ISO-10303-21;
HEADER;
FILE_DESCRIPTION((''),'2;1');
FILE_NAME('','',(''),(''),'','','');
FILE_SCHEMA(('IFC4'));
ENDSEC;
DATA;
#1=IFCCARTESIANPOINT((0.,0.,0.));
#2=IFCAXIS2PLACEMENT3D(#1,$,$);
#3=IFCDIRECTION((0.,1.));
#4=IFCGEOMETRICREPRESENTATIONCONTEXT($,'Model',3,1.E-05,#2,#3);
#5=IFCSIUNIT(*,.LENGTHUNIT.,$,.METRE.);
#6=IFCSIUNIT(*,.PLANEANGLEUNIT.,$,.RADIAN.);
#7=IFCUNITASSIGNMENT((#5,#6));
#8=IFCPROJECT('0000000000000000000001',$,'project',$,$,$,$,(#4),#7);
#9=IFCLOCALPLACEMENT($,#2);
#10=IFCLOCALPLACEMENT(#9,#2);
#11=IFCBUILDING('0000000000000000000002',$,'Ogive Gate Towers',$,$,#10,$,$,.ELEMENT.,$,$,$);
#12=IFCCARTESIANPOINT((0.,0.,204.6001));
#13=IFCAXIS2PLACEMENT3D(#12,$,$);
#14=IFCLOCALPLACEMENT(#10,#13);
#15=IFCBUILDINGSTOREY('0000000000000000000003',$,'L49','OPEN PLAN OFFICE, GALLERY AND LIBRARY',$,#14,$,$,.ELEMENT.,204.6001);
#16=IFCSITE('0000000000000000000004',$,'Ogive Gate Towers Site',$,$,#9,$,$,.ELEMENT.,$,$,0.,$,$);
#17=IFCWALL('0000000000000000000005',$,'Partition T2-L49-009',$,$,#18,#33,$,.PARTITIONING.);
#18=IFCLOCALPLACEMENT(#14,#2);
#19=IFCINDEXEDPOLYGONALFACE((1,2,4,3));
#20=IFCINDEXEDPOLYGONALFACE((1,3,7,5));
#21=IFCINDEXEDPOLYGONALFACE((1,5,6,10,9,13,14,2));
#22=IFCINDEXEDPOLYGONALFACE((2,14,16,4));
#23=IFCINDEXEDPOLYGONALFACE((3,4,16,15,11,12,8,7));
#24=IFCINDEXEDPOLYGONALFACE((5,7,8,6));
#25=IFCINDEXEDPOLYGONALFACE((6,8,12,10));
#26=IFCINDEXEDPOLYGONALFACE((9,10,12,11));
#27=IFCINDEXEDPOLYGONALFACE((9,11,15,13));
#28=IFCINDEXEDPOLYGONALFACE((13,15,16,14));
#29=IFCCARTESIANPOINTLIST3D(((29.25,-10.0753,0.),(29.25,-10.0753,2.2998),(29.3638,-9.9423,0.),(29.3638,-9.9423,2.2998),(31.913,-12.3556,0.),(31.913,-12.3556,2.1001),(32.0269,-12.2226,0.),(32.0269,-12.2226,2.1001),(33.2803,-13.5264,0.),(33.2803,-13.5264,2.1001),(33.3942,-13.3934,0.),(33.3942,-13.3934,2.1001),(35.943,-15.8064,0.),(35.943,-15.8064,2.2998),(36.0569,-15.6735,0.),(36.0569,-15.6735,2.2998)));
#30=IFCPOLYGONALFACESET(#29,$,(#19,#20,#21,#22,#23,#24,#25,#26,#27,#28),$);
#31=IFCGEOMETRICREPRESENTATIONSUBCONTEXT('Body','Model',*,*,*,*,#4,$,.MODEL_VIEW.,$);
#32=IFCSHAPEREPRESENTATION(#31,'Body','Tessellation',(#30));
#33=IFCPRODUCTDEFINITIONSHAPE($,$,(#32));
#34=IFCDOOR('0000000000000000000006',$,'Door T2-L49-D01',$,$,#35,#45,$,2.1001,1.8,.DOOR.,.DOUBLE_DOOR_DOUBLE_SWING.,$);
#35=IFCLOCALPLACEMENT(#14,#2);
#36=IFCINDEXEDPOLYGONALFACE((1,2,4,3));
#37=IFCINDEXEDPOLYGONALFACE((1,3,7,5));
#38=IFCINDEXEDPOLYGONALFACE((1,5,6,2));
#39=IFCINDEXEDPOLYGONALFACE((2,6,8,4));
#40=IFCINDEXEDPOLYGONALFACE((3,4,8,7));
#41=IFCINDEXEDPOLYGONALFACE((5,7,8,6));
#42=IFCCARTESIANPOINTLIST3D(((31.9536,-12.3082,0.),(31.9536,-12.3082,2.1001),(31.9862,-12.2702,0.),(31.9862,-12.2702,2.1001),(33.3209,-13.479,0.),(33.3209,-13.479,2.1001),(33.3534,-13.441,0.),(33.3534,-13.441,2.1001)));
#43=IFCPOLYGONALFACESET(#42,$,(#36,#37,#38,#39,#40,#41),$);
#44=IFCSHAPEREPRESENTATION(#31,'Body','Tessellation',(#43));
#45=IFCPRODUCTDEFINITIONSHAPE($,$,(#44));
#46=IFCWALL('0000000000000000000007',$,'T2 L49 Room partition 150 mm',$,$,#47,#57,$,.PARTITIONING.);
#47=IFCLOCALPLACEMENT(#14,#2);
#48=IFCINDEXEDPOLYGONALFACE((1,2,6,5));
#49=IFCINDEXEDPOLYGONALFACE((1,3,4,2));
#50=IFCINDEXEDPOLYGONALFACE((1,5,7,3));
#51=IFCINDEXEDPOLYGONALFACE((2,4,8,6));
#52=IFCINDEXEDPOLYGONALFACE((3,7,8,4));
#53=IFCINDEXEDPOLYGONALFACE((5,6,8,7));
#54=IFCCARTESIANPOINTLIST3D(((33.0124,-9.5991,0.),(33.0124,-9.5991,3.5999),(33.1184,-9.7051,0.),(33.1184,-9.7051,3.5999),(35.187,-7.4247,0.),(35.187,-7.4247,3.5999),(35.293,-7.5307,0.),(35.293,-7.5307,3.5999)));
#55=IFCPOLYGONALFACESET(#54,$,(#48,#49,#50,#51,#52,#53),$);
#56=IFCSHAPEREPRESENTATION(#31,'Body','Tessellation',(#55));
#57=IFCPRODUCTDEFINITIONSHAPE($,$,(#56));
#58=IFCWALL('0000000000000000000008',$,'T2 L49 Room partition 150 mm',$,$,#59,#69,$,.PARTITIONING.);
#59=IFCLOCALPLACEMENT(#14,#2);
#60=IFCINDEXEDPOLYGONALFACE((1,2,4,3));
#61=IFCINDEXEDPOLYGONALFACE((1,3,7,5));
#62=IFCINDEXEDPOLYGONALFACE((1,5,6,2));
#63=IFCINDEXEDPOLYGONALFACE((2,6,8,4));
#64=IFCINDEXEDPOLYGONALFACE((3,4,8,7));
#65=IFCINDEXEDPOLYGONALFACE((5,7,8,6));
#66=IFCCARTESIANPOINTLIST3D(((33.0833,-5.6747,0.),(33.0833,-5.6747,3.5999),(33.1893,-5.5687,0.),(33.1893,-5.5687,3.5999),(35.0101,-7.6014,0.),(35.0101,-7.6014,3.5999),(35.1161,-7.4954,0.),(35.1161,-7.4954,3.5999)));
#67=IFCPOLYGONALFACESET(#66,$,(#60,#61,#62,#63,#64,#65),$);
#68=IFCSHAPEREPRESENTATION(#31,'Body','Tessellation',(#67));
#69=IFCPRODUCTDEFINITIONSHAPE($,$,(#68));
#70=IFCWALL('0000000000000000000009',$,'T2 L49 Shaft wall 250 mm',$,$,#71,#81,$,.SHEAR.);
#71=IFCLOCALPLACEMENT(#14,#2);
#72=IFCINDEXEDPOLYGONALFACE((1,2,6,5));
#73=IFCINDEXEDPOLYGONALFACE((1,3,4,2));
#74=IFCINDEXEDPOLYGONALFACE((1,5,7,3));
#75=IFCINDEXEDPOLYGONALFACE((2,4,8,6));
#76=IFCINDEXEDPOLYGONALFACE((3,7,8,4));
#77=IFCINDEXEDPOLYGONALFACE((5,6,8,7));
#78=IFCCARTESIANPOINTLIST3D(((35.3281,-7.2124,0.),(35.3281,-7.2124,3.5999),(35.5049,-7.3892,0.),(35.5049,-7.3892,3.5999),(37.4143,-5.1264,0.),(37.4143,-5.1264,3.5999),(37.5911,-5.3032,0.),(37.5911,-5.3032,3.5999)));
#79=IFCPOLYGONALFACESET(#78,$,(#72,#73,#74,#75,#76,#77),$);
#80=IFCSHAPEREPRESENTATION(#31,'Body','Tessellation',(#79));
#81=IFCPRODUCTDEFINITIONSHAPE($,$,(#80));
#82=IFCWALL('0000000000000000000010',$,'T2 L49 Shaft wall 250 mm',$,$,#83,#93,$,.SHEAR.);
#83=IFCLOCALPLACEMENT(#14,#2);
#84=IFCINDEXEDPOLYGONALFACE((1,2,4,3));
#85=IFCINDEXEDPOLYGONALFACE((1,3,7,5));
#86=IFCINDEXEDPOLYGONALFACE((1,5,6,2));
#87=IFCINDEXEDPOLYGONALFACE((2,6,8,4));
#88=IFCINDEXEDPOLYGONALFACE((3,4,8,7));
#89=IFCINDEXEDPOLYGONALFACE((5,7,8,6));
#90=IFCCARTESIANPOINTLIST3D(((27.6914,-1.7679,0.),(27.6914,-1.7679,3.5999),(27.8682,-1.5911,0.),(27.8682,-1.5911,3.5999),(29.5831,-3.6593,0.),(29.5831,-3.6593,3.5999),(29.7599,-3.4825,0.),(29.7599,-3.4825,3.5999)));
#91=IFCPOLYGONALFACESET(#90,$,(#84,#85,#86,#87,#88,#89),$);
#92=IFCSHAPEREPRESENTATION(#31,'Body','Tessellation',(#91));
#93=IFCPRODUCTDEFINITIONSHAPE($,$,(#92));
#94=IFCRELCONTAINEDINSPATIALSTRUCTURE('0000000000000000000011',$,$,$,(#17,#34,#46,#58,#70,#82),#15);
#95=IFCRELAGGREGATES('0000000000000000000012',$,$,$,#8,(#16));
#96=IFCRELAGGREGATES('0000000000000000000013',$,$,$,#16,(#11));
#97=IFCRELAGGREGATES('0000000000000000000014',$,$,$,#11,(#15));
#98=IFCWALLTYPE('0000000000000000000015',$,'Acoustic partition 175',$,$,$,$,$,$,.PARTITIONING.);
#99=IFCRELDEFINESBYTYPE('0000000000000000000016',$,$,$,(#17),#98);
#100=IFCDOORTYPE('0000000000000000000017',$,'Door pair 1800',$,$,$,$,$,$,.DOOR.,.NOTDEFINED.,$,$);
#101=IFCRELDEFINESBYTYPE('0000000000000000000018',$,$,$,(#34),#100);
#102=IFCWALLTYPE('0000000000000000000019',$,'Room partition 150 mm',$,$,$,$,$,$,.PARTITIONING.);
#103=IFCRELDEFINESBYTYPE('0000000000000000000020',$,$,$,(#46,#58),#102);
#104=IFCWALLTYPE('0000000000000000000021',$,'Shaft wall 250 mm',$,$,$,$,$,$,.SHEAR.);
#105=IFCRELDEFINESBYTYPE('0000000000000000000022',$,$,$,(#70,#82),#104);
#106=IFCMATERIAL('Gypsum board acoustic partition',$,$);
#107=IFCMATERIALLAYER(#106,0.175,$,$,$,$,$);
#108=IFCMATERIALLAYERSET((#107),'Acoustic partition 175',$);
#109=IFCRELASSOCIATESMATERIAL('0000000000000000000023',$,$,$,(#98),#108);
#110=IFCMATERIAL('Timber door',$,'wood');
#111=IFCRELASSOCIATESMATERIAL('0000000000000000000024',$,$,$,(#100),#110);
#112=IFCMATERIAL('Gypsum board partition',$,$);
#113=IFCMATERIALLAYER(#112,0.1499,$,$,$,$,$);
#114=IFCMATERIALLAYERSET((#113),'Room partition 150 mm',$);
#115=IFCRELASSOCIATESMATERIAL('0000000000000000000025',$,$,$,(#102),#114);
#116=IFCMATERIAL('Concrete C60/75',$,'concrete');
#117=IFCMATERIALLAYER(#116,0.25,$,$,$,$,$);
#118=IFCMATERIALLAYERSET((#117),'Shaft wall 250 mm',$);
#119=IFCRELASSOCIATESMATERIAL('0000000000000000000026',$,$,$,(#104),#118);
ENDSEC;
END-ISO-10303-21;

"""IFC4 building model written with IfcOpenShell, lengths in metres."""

from ifc_helpers import new_model, si_unit, direction, frame, frame_2d, origin, place, context, subcontext, project, spatial, rectangle, extrude, material, layer, layer_set, type_object, element, fill, save


model = new_model("IFC4")

# Units and contexts
model_context = context("Model", 3, precision=1e-05, world=origin(), true_north=direction((0.0, 1.0)))
body_context = subcontext(model_context, "Body", "Model", "MODEL_VIEW")
ifc_project = project(units=[si_unit("LENGTHUNIT", "METRE"), si_unit("PLANEANGLEUNIT", "RADIAN")], contexts=[model_context])

# Site, building, storey
site_placement = place(None, origin())
site = spatial("IfcSite", under=ifc_project, at=site_placement, Name="Ogive Gate Towers Site", CompositionType="ELEMENT", RefElevation=0.0)
building_placement = place(site_placement, origin())
building = spatial("IfcBuilding", under=site, at=building_placement, Name="Ogive Gate Towers", CompositionType="ELEMENT")
storey_placement = place(building_placement, frame((0.0, 0.0, 204.6001)))
storey = spatial("IfcBuildingStorey", under=building, at=storey_placement, Name="L49", Description="OPEN PLAN OFFICE, GALLERY AND LIBRARY", CompositionType="ELEMENT", Elevation=204.6001)

# Wall, opening, door
ifc_material_1 = material(Name="Gypsum board acoustic partition")
ifc_layer_1 = layer(ifc_material_1, 0.175)
ifc_layer_set_1 = layer_set([ifc_layer_1], Name="Acoustic partition 175")
wall_type_1 = type_object("IfcWallType", Name="Acoustic partition 175", PredefinedType="PARTITIONING", material=ifc_layer_set_1)
wall_1_placement = place(storey_placement, frame((29.3069, -10.0088, 0.0), z_axis=(0.0, 0.0, 1.0), x_axis=(0.759579, -0.650415, 0.0)))
wall_1 = element("IfcWall", 1, at=wall_1_placement, inside=storey, type_object=wall_type_1, Name="Partition T2-L49-009", PredefinedType="PARTITIONING", context=body_context, shape_type="SweptSolid", body=[
    extrude(rectangle(XDim=8.8115, YDim=0.175, at=frame_2d((4.4058, 0.0))), origin(), (0.0, 0.0, 1.0), 2.2998),
])
opening_1_placement = place(wall_1_placement, frame((3.5061, 0.0, 0.0)))
opening_1 = element("IfcOpeningElement", 2, at=opening_1_placement, cuts=wall_1, PredefinedType="OPENING", context=body_context, shape_type="SweptSolid", body=[
    extrude(rectangle(XDim=1.8, YDim=2.1001, at=frame_2d((0.8999, 1.05))), frame((0.0, 0.0977, 0.0), z_axis=(0.0, -1.0, 0.0), x_axis=(1.0, 0.0, 0.0)), (0.0, 0.0, 1.0), 0.1951),
])
ifc_material_2 = material(Name="Timber door", Category="wood")
door_type_1 = type_object("IfcDoorType", Name="Door pair 1800", OperationType="NOTDEFINED", PredefinedType="DOOR", material=ifc_material_2)
door_1_placement = place(opening_1_placement, origin())
door_1 = element("IfcDoor", 3, at=door_1_placement, inside=storey, type_object=door_type_1, Name="Door T2-L49-D01", OperationType="DOUBLE_DOOR_DOUBLE_SWING", OverallHeight=2.1001, OverallWidth=1.8, PredefinedType="DOOR", context=body_context, shape_type="SweptSolid", body=[
    extrude(rectangle(XDim=1.8, YDim=2.1001, at=frame_2d((0.8999, 1.05))), frame((0.0, 0.0249, 0.0), z_axis=(0.0, -1.0, 0.0), x_axis=(1.0, 0.0, 0.0)), (0.0, 0.0, 1.0), 0.05),
])
fill(opening_1, door_1)

# Walls
ifc_material_3 = material(Name="Gypsum board partition")
ifc_layer_2 = layer(ifc_material_3, 0.1499)
ifc_layer_set_2 = layer_set([ifc_layer_2], Name="Room partition 150 mm")
wall_type_2 = type_object("IfcWallType", Name="Room partition 150 mm", PredefinedType="PARTITIONING", material=ifc_layer_set_2)
wall_2_placement = place(storey_placement, frame((33.0654, -9.6521, 0.0), z_axis=(0.0, 0.0, 1.0), x_axis=(0.707146, 0.707067, 0.0)))
element("IfcWall", 4, at=wall_2_placement, inside=storey, type_object=wall_type_2, Name="T2 L49 Room partition 150 mm", PredefinedType="PARTITIONING", context=body_context, shape_type="SweptSolid", body=[
    extrude(rectangle(XDim=3.0752, YDim=0.1499, at=frame_2d((1.5376, 0.0))), origin(), (0.0, 0.0, 1.0), 3.5999),
])
wall_3_placement = place(storey_placement, frame((35.063, -7.5483, 0.0), z_axis=(0.0, 0.0, 1.0), x_axis=(-0.707107, 0.707107, 0.0)))
element("IfcWall", 5, at=wall_3_placement, inside=storey, type_object=wall_type_2, Name="T2 L49 Room partition 150 mm", PredefinedType="PARTITIONING", context=body_context, shape_type="SweptSolid", body=[
    extrude(rectangle(XDim=2.7249, YDim=0.1499, at=frame_2d((1.3623, 0.0))), origin(), (0.0, 0.0, 1.0), 3.5999),
])
ifc_material_4 = material(Name="Concrete C60/75", Category="concrete")
ifc_layer_3 = layer(ifc_material_4, 0.25)
ifc_layer_set_3 = layer_set([ifc_layer_3], Name="Shaft wall 250 mm")
wall_type_3 = type_object("IfcWallType", Name="Shaft wall 250 mm", PredefinedType="SHEAR", material=ifc_layer_set_3)
wall_4_placement = place(storey_placement, frame((35.4165, -7.3008, 0.0), z_axis=(0.0, 0.0, 1.0), x_axis=(0.707148, 0.707065, 0.0)))
element("IfcWall", 6, at=wall_4_placement, inside=storey, type_object=wall_type_3, Name="T2 L49 Shaft wall 250 mm", PredefinedType="SHEAR", context=body_context, shape_type="SweptSolid", body=[
    extrude(rectangle(XDim=2.9502, YDim=0.25, at=frame_2d((1.4751, 0.0))), origin(), (0.0, 0.0, 1.0), 3.5999),
])
wall_5_placement = place(storey_placement, frame((29.6714, -3.5708, 0.0), z_axis=(0.0, 0.0, 1.0), x_axis=(-0.707152, 0.707061, 0.0)))
element("IfcWall", 7, at=wall_5_placement, inside=storey, type_object=wall_type_3, Name="T2 L49 Shaft wall 250 mm", PredefinedType="SHEAR", context=body_context, shape_type="SweptSolid", body=[
    extrude(rectangle(XDim=2.675, YDim=0.25, at=frame_2d((1.3374, 0.0))), origin(), (0.0, 0.0, 1.0), 3.5999),
])

save(model, "model.ifc")
